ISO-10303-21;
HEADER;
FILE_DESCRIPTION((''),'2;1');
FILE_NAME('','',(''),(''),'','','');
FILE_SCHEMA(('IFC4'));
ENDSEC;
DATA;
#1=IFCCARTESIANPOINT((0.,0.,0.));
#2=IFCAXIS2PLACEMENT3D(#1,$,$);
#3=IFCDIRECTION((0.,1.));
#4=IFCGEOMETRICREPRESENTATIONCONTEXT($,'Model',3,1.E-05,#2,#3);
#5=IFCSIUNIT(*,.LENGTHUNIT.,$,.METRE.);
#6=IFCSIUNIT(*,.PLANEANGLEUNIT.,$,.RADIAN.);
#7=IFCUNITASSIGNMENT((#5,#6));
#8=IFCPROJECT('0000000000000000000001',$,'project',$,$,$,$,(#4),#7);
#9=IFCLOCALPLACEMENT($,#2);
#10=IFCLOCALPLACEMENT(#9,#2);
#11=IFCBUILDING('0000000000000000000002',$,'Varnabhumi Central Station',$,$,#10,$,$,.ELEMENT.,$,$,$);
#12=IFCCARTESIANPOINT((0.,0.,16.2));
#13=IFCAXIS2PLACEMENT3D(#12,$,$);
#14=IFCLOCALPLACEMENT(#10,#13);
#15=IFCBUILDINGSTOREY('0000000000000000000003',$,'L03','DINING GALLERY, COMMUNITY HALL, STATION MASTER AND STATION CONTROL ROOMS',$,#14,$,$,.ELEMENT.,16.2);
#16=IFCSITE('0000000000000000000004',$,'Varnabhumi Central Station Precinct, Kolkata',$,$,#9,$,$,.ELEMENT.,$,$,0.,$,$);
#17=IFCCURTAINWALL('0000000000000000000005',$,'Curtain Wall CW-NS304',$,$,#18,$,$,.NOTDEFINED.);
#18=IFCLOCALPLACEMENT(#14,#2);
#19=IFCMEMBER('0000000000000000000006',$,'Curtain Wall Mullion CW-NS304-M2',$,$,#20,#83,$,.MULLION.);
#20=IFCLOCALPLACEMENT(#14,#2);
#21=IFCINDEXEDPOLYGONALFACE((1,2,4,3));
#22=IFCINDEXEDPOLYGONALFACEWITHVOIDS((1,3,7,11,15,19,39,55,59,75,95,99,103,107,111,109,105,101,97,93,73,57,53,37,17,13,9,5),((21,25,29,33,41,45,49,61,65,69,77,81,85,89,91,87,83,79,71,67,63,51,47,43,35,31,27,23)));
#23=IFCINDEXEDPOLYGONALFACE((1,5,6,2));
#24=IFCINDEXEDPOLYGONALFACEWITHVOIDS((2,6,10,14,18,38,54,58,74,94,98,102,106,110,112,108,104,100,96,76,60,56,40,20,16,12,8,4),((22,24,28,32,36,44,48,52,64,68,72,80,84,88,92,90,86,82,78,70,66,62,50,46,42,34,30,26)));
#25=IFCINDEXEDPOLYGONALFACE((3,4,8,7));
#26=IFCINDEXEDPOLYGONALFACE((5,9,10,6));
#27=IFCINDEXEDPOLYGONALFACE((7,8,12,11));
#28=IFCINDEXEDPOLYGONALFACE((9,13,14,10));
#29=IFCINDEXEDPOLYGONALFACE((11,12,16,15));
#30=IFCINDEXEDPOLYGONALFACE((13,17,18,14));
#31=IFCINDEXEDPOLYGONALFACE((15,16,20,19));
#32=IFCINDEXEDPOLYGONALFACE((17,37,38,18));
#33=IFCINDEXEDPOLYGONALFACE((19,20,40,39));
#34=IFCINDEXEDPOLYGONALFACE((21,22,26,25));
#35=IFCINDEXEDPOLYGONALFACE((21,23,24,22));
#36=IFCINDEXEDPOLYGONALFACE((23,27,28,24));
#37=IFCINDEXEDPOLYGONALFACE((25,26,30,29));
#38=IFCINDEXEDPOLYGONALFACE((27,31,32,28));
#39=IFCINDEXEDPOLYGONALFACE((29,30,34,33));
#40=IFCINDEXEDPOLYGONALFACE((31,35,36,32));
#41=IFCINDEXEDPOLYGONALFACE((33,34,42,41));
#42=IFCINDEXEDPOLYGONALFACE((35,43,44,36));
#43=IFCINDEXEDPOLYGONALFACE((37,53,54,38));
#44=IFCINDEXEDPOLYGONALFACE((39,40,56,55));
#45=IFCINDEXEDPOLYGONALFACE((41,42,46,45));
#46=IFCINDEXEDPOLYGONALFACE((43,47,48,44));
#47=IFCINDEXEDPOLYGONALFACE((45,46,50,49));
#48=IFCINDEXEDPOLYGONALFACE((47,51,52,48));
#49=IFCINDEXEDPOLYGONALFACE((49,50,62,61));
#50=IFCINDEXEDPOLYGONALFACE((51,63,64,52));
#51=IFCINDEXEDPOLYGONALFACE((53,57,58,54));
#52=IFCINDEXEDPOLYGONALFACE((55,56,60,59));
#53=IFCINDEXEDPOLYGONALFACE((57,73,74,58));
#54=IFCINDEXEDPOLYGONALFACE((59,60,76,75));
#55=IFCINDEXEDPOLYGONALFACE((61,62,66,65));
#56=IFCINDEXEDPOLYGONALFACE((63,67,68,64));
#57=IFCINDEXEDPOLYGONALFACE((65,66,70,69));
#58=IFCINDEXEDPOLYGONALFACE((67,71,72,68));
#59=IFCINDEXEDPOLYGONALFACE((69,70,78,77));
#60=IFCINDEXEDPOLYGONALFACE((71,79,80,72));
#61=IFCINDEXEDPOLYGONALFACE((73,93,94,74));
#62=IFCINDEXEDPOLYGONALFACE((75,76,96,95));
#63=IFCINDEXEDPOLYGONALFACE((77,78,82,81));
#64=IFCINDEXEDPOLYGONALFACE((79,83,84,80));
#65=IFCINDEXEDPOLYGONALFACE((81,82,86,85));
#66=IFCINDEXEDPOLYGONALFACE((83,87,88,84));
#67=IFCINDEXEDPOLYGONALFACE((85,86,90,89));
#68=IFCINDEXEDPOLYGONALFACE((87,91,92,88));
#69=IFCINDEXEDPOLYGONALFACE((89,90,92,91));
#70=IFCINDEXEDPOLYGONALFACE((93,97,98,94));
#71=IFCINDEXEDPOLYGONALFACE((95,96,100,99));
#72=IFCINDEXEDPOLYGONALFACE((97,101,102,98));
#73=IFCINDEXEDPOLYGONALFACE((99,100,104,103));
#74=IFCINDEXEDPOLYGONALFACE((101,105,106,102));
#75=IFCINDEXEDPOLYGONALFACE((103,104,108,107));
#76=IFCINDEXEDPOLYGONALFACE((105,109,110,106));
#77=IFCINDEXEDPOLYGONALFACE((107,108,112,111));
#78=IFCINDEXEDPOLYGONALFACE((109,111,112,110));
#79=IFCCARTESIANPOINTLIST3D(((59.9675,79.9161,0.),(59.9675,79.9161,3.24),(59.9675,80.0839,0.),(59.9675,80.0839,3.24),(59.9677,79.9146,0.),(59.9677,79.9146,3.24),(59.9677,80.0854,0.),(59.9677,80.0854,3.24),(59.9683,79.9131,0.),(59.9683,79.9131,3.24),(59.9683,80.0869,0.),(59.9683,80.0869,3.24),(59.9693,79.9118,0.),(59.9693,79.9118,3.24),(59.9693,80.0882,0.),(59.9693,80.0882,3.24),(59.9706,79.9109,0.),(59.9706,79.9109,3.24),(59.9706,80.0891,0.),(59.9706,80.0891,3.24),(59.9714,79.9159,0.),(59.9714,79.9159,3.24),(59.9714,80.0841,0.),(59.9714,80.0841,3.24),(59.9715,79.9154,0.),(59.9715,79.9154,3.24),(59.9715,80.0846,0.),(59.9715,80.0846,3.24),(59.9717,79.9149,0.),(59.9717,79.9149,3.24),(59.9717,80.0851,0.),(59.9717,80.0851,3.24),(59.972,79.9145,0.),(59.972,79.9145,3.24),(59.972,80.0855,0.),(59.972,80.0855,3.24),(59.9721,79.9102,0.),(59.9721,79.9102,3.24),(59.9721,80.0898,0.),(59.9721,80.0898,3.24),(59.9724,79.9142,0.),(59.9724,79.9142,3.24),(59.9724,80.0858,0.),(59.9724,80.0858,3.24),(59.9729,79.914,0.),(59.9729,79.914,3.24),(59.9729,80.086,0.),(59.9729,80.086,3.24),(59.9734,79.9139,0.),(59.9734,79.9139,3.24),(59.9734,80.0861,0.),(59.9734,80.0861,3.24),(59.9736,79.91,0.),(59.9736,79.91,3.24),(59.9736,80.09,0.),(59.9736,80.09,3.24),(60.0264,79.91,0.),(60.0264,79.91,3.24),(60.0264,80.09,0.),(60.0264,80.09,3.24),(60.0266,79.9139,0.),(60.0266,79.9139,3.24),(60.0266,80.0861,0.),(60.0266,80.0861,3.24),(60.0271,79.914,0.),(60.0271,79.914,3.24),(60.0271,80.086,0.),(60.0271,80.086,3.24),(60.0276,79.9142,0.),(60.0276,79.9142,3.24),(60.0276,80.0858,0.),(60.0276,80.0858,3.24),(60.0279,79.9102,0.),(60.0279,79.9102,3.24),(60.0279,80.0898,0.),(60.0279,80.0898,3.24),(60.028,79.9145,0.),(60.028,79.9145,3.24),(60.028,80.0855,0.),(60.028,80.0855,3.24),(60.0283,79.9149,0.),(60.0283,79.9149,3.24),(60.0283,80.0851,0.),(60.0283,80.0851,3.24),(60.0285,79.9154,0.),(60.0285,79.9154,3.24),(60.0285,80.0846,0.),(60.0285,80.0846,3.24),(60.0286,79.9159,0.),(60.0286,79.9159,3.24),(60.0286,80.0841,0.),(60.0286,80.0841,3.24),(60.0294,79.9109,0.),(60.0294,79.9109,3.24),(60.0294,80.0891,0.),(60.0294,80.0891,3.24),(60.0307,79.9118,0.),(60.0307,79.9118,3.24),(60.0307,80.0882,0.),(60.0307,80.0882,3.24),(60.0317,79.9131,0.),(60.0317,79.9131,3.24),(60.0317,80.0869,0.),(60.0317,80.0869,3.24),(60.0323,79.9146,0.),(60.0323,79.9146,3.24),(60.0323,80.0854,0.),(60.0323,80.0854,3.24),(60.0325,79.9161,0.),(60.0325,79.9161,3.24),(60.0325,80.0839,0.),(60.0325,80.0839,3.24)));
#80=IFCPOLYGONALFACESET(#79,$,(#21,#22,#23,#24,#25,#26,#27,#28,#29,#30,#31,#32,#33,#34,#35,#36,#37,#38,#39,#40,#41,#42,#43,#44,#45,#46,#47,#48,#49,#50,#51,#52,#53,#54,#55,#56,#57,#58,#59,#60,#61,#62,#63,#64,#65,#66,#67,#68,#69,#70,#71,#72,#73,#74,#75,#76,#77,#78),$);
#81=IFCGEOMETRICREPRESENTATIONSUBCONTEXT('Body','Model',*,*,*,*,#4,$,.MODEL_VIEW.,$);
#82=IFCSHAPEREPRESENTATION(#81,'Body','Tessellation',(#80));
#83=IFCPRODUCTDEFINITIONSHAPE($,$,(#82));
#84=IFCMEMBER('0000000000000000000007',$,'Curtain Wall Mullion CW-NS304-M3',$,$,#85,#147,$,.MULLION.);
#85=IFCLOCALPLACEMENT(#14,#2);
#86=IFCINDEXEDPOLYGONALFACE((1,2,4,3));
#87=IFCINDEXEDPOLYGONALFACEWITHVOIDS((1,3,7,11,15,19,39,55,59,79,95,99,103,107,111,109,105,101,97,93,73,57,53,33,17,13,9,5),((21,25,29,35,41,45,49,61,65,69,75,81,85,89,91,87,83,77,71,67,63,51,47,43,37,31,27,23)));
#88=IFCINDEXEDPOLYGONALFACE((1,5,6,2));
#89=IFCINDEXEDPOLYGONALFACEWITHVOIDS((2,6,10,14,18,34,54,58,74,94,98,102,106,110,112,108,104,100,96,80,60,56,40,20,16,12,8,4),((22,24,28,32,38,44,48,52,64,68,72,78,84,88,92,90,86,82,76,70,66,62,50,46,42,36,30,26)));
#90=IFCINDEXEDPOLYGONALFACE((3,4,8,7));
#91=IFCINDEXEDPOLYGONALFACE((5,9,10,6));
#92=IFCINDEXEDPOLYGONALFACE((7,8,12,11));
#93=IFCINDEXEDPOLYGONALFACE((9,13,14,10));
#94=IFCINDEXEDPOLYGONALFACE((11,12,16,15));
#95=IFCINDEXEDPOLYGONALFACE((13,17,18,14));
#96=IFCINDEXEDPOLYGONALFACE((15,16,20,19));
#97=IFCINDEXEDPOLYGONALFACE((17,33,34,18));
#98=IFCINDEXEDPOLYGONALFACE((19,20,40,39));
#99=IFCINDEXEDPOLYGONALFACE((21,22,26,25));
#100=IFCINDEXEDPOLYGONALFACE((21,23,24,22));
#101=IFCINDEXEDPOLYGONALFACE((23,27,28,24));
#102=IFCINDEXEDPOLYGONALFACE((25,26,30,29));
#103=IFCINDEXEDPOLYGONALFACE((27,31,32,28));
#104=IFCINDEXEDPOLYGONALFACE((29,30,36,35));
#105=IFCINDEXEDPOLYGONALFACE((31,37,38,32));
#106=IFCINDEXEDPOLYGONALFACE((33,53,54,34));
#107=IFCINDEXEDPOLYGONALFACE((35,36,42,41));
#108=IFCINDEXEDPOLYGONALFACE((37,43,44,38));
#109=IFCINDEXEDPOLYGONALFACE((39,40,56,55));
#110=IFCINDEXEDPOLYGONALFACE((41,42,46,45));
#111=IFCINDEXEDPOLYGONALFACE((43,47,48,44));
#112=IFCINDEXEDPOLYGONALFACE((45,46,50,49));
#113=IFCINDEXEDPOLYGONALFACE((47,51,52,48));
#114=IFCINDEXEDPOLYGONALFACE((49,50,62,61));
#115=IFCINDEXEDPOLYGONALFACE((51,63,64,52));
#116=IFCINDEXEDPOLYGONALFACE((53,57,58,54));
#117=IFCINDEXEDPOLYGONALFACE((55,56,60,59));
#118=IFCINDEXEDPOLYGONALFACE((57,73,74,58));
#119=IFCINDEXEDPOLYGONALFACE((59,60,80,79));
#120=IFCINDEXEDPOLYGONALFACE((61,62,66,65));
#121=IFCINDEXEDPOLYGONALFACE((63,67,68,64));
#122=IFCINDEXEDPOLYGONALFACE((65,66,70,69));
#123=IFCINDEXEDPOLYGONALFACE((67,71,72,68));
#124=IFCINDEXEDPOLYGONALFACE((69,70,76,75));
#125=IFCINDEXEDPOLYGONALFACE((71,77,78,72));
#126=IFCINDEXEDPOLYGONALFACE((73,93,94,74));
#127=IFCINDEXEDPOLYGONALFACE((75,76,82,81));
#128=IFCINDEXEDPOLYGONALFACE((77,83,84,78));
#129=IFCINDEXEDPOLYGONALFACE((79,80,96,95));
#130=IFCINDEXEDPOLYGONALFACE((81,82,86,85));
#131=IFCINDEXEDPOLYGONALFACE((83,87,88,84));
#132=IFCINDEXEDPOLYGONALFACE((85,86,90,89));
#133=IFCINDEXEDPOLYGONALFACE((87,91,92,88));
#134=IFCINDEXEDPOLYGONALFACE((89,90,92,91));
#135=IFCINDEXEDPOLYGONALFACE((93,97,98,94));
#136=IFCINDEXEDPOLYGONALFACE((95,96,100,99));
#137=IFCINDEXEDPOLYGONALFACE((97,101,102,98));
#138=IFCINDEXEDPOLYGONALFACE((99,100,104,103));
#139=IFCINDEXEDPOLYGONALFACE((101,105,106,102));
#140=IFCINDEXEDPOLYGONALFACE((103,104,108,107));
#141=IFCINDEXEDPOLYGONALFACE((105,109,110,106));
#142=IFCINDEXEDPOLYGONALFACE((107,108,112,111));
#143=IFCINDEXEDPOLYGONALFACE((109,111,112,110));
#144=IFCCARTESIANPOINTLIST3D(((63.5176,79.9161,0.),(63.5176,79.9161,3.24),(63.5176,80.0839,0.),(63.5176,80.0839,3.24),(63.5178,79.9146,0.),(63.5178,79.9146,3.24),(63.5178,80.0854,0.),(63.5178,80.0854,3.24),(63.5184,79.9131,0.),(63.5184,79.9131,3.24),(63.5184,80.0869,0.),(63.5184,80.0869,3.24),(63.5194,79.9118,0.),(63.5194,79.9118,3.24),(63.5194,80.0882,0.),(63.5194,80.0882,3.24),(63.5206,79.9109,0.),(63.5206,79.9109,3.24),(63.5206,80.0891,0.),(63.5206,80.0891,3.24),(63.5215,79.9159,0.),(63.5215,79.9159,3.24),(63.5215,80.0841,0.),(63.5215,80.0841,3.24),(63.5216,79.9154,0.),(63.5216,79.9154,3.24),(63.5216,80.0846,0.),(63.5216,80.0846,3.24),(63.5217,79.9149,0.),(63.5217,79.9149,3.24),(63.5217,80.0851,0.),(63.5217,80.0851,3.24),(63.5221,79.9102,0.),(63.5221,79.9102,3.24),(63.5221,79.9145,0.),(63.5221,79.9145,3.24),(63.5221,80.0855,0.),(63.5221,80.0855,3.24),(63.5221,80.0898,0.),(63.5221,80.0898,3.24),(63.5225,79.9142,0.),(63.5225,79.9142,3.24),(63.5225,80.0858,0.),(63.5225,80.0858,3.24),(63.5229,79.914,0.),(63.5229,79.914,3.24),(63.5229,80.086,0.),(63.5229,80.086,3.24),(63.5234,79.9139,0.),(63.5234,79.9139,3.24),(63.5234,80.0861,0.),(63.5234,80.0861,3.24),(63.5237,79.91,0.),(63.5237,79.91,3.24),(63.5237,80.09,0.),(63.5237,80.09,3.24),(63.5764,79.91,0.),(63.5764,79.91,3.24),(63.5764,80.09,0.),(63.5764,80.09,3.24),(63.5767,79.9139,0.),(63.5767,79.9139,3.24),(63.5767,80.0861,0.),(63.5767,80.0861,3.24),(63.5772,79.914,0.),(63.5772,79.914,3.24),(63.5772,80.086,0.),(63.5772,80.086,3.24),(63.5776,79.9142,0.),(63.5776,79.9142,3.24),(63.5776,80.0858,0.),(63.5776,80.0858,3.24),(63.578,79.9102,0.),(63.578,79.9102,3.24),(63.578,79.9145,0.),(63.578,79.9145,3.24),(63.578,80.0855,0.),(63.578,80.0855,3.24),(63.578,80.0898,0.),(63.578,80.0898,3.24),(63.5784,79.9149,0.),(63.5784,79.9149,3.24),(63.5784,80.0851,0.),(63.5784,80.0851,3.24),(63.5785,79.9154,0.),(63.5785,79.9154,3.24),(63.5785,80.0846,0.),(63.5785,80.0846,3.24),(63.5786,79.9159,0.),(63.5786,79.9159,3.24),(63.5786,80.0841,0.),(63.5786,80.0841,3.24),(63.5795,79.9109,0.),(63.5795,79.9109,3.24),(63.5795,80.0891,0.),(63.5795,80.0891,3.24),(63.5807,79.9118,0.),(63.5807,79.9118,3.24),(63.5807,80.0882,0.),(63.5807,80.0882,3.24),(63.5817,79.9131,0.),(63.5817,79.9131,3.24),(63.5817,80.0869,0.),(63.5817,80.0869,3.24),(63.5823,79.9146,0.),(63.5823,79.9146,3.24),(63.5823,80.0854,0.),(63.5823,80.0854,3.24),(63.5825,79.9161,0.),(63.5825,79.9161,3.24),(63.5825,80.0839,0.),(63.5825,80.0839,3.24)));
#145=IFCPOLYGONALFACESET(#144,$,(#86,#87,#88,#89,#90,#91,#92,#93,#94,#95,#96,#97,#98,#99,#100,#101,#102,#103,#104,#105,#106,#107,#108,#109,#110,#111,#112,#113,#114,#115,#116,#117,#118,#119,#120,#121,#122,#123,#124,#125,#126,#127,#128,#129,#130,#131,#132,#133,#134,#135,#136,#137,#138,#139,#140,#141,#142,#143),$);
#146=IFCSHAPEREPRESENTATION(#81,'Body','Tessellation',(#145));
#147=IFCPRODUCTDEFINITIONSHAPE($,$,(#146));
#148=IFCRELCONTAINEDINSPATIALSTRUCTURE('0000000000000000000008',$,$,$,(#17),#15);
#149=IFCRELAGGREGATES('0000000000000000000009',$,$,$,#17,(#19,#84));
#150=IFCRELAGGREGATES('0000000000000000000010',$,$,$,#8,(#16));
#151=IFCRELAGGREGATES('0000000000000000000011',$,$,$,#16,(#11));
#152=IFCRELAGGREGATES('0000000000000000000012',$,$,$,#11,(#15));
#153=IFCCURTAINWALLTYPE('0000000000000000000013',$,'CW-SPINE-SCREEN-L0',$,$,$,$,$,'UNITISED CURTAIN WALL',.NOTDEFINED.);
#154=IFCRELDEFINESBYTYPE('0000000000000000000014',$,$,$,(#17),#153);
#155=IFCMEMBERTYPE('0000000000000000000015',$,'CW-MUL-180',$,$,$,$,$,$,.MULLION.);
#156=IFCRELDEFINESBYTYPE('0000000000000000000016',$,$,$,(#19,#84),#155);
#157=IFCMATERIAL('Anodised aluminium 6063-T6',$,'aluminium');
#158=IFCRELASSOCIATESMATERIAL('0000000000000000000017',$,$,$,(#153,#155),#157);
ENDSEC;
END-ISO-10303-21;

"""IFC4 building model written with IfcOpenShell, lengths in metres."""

from ifc_helpers import new_model, si_unit, direction, frame, origin, origin_2d, place, context, subcontext, project, spatial, hollow_rectangle, extrude, material, material_profile, profile_set, type_object, element, aggregate, save


model = new_model("IFC4")

# Units and contexts
model_context = context("Model", 3, precision=1e-05, world=origin(), true_north=direction((0.0, 1.0)))
body_context = subcontext(model_context, "Body", "Model", "MODEL_VIEW")
ifc_project = project(units=[si_unit("LENGTHUNIT", "METRE"), si_unit("PLANEANGLEUNIT", "RADIAN")], contexts=[model_context])

# Site, building, storey
site_placement = place(None, origin())
site = spatial("IfcSite", under=ifc_project, at=site_placement, Name="Varnabhumi Central Station Precinct, Kolkata", CompositionType="ELEMENT", RefElevation=0.0)
building_placement = place(site_placement, origin())
building = spatial("IfcBuilding", under=site, at=building_placement, Name="Varnabhumi Central Station", CompositionType="ELEMENT")
storey_placement = place(building_placement, frame((0.0, 0.0, 16.2)))
storey = spatial("IfcBuildingStorey", under=building, at=storey_placement, Name="L03", Description="DINING GALLERY, COMMUNITY HALL, STATION MASTER AND STATION CONTROL ROOMS", CompositionType="ELEMENT", Elevation=16.2)

# Curtain wall, members
ifc_material_1 = material(Name="Anodised aluminium 6063-T6", Category="aluminium")
curtain_wall_type_1 = type_object("IfcCurtainWallType", Name="CW-SPINE-SCREEN-L0", ElementType="UNITISED CURTAIN WALL", PredefinedType="NOTDEFINED", material=ifc_material_1)
curtain_wall_1_placement = place(storey_placement, origin())
curtain_wall_1 = element("IfcCurtainWall", 1, at=curtain_wall_1_placement, inside=storey, type_object=curtain_wall_type_1, Name="Curtain Wall CW-NS304", PredefinedType="NOTDEFINED")
ifc_material_profile_1 = material_profile(ifc_material_1, hollow_rectangle(XDim=0.0649, YDim=0.1799, WallThickness=0.0039, InnerFilletRadius=0.002, OuterFilletRadius=0.0061, at=origin_2d()), Name="Anodised aluminium 6063-T6", Category="aluminium")
ifc_profile_set_1 = profile_set([ifc_material_profile_1], Name="Anodised aluminium 6063-T6")
member_type_1 = type_object("IfcMemberType", Name="CW-MUL-180", PredefinedType="MULLION", material=ifc_profile_set_1)
member_1_placement = place(storey_placement, frame((60.0, 80.0, 0.0), z_axis=(0.0, 0.0, 1.0), x_axis=(1.0, 0.0, 0.0)))
member_1 = element("IfcMember", 2, at=member_1_placement, type_object=member_type_1, Name="Curtain Wall Mullion CW-NS304-M2", PredefinedType="MULLION", context=body_context, shape_type="SweptSolid", body=[
    extrude(hollow_rectangle(XDim=0.0649, YDim=0.1799, WallThickness=0.0039, InnerFilletRadius=0.002, OuterFilletRadius=0.0061, at=origin_2d()), origin(), (0.0, 0.0, 1.0), 3.24),
])
member_2_placement = place(storey_placement, frame((63.55, 80.0, 0.0), z_axis=(0.0, 0.0, 1.0), x_axis=(1.0, 0.0, 0.0)))
member_2 = element("IfcMember", 3, at=member_2_placement, type_object=member_type_1, Name="Curtain Wall Mullion CW-NS304-M3", PredefinedType="MULLION", context=body_context, shape_type="SweptSolid", body=[
    extrude(hollow_rectangle(XDim=0.0649, YDim=0.1799, WallThickness=0.0039, InnerFilletRadius=0.002, OuterFilletRadius=0.0061, at=origin_2d()), origin(), (0.0, 0.0, 1.0), 3.24),
])

aggregate(curtain_wall_1, [member_1, member_2])

save(model, "model.ifc")
